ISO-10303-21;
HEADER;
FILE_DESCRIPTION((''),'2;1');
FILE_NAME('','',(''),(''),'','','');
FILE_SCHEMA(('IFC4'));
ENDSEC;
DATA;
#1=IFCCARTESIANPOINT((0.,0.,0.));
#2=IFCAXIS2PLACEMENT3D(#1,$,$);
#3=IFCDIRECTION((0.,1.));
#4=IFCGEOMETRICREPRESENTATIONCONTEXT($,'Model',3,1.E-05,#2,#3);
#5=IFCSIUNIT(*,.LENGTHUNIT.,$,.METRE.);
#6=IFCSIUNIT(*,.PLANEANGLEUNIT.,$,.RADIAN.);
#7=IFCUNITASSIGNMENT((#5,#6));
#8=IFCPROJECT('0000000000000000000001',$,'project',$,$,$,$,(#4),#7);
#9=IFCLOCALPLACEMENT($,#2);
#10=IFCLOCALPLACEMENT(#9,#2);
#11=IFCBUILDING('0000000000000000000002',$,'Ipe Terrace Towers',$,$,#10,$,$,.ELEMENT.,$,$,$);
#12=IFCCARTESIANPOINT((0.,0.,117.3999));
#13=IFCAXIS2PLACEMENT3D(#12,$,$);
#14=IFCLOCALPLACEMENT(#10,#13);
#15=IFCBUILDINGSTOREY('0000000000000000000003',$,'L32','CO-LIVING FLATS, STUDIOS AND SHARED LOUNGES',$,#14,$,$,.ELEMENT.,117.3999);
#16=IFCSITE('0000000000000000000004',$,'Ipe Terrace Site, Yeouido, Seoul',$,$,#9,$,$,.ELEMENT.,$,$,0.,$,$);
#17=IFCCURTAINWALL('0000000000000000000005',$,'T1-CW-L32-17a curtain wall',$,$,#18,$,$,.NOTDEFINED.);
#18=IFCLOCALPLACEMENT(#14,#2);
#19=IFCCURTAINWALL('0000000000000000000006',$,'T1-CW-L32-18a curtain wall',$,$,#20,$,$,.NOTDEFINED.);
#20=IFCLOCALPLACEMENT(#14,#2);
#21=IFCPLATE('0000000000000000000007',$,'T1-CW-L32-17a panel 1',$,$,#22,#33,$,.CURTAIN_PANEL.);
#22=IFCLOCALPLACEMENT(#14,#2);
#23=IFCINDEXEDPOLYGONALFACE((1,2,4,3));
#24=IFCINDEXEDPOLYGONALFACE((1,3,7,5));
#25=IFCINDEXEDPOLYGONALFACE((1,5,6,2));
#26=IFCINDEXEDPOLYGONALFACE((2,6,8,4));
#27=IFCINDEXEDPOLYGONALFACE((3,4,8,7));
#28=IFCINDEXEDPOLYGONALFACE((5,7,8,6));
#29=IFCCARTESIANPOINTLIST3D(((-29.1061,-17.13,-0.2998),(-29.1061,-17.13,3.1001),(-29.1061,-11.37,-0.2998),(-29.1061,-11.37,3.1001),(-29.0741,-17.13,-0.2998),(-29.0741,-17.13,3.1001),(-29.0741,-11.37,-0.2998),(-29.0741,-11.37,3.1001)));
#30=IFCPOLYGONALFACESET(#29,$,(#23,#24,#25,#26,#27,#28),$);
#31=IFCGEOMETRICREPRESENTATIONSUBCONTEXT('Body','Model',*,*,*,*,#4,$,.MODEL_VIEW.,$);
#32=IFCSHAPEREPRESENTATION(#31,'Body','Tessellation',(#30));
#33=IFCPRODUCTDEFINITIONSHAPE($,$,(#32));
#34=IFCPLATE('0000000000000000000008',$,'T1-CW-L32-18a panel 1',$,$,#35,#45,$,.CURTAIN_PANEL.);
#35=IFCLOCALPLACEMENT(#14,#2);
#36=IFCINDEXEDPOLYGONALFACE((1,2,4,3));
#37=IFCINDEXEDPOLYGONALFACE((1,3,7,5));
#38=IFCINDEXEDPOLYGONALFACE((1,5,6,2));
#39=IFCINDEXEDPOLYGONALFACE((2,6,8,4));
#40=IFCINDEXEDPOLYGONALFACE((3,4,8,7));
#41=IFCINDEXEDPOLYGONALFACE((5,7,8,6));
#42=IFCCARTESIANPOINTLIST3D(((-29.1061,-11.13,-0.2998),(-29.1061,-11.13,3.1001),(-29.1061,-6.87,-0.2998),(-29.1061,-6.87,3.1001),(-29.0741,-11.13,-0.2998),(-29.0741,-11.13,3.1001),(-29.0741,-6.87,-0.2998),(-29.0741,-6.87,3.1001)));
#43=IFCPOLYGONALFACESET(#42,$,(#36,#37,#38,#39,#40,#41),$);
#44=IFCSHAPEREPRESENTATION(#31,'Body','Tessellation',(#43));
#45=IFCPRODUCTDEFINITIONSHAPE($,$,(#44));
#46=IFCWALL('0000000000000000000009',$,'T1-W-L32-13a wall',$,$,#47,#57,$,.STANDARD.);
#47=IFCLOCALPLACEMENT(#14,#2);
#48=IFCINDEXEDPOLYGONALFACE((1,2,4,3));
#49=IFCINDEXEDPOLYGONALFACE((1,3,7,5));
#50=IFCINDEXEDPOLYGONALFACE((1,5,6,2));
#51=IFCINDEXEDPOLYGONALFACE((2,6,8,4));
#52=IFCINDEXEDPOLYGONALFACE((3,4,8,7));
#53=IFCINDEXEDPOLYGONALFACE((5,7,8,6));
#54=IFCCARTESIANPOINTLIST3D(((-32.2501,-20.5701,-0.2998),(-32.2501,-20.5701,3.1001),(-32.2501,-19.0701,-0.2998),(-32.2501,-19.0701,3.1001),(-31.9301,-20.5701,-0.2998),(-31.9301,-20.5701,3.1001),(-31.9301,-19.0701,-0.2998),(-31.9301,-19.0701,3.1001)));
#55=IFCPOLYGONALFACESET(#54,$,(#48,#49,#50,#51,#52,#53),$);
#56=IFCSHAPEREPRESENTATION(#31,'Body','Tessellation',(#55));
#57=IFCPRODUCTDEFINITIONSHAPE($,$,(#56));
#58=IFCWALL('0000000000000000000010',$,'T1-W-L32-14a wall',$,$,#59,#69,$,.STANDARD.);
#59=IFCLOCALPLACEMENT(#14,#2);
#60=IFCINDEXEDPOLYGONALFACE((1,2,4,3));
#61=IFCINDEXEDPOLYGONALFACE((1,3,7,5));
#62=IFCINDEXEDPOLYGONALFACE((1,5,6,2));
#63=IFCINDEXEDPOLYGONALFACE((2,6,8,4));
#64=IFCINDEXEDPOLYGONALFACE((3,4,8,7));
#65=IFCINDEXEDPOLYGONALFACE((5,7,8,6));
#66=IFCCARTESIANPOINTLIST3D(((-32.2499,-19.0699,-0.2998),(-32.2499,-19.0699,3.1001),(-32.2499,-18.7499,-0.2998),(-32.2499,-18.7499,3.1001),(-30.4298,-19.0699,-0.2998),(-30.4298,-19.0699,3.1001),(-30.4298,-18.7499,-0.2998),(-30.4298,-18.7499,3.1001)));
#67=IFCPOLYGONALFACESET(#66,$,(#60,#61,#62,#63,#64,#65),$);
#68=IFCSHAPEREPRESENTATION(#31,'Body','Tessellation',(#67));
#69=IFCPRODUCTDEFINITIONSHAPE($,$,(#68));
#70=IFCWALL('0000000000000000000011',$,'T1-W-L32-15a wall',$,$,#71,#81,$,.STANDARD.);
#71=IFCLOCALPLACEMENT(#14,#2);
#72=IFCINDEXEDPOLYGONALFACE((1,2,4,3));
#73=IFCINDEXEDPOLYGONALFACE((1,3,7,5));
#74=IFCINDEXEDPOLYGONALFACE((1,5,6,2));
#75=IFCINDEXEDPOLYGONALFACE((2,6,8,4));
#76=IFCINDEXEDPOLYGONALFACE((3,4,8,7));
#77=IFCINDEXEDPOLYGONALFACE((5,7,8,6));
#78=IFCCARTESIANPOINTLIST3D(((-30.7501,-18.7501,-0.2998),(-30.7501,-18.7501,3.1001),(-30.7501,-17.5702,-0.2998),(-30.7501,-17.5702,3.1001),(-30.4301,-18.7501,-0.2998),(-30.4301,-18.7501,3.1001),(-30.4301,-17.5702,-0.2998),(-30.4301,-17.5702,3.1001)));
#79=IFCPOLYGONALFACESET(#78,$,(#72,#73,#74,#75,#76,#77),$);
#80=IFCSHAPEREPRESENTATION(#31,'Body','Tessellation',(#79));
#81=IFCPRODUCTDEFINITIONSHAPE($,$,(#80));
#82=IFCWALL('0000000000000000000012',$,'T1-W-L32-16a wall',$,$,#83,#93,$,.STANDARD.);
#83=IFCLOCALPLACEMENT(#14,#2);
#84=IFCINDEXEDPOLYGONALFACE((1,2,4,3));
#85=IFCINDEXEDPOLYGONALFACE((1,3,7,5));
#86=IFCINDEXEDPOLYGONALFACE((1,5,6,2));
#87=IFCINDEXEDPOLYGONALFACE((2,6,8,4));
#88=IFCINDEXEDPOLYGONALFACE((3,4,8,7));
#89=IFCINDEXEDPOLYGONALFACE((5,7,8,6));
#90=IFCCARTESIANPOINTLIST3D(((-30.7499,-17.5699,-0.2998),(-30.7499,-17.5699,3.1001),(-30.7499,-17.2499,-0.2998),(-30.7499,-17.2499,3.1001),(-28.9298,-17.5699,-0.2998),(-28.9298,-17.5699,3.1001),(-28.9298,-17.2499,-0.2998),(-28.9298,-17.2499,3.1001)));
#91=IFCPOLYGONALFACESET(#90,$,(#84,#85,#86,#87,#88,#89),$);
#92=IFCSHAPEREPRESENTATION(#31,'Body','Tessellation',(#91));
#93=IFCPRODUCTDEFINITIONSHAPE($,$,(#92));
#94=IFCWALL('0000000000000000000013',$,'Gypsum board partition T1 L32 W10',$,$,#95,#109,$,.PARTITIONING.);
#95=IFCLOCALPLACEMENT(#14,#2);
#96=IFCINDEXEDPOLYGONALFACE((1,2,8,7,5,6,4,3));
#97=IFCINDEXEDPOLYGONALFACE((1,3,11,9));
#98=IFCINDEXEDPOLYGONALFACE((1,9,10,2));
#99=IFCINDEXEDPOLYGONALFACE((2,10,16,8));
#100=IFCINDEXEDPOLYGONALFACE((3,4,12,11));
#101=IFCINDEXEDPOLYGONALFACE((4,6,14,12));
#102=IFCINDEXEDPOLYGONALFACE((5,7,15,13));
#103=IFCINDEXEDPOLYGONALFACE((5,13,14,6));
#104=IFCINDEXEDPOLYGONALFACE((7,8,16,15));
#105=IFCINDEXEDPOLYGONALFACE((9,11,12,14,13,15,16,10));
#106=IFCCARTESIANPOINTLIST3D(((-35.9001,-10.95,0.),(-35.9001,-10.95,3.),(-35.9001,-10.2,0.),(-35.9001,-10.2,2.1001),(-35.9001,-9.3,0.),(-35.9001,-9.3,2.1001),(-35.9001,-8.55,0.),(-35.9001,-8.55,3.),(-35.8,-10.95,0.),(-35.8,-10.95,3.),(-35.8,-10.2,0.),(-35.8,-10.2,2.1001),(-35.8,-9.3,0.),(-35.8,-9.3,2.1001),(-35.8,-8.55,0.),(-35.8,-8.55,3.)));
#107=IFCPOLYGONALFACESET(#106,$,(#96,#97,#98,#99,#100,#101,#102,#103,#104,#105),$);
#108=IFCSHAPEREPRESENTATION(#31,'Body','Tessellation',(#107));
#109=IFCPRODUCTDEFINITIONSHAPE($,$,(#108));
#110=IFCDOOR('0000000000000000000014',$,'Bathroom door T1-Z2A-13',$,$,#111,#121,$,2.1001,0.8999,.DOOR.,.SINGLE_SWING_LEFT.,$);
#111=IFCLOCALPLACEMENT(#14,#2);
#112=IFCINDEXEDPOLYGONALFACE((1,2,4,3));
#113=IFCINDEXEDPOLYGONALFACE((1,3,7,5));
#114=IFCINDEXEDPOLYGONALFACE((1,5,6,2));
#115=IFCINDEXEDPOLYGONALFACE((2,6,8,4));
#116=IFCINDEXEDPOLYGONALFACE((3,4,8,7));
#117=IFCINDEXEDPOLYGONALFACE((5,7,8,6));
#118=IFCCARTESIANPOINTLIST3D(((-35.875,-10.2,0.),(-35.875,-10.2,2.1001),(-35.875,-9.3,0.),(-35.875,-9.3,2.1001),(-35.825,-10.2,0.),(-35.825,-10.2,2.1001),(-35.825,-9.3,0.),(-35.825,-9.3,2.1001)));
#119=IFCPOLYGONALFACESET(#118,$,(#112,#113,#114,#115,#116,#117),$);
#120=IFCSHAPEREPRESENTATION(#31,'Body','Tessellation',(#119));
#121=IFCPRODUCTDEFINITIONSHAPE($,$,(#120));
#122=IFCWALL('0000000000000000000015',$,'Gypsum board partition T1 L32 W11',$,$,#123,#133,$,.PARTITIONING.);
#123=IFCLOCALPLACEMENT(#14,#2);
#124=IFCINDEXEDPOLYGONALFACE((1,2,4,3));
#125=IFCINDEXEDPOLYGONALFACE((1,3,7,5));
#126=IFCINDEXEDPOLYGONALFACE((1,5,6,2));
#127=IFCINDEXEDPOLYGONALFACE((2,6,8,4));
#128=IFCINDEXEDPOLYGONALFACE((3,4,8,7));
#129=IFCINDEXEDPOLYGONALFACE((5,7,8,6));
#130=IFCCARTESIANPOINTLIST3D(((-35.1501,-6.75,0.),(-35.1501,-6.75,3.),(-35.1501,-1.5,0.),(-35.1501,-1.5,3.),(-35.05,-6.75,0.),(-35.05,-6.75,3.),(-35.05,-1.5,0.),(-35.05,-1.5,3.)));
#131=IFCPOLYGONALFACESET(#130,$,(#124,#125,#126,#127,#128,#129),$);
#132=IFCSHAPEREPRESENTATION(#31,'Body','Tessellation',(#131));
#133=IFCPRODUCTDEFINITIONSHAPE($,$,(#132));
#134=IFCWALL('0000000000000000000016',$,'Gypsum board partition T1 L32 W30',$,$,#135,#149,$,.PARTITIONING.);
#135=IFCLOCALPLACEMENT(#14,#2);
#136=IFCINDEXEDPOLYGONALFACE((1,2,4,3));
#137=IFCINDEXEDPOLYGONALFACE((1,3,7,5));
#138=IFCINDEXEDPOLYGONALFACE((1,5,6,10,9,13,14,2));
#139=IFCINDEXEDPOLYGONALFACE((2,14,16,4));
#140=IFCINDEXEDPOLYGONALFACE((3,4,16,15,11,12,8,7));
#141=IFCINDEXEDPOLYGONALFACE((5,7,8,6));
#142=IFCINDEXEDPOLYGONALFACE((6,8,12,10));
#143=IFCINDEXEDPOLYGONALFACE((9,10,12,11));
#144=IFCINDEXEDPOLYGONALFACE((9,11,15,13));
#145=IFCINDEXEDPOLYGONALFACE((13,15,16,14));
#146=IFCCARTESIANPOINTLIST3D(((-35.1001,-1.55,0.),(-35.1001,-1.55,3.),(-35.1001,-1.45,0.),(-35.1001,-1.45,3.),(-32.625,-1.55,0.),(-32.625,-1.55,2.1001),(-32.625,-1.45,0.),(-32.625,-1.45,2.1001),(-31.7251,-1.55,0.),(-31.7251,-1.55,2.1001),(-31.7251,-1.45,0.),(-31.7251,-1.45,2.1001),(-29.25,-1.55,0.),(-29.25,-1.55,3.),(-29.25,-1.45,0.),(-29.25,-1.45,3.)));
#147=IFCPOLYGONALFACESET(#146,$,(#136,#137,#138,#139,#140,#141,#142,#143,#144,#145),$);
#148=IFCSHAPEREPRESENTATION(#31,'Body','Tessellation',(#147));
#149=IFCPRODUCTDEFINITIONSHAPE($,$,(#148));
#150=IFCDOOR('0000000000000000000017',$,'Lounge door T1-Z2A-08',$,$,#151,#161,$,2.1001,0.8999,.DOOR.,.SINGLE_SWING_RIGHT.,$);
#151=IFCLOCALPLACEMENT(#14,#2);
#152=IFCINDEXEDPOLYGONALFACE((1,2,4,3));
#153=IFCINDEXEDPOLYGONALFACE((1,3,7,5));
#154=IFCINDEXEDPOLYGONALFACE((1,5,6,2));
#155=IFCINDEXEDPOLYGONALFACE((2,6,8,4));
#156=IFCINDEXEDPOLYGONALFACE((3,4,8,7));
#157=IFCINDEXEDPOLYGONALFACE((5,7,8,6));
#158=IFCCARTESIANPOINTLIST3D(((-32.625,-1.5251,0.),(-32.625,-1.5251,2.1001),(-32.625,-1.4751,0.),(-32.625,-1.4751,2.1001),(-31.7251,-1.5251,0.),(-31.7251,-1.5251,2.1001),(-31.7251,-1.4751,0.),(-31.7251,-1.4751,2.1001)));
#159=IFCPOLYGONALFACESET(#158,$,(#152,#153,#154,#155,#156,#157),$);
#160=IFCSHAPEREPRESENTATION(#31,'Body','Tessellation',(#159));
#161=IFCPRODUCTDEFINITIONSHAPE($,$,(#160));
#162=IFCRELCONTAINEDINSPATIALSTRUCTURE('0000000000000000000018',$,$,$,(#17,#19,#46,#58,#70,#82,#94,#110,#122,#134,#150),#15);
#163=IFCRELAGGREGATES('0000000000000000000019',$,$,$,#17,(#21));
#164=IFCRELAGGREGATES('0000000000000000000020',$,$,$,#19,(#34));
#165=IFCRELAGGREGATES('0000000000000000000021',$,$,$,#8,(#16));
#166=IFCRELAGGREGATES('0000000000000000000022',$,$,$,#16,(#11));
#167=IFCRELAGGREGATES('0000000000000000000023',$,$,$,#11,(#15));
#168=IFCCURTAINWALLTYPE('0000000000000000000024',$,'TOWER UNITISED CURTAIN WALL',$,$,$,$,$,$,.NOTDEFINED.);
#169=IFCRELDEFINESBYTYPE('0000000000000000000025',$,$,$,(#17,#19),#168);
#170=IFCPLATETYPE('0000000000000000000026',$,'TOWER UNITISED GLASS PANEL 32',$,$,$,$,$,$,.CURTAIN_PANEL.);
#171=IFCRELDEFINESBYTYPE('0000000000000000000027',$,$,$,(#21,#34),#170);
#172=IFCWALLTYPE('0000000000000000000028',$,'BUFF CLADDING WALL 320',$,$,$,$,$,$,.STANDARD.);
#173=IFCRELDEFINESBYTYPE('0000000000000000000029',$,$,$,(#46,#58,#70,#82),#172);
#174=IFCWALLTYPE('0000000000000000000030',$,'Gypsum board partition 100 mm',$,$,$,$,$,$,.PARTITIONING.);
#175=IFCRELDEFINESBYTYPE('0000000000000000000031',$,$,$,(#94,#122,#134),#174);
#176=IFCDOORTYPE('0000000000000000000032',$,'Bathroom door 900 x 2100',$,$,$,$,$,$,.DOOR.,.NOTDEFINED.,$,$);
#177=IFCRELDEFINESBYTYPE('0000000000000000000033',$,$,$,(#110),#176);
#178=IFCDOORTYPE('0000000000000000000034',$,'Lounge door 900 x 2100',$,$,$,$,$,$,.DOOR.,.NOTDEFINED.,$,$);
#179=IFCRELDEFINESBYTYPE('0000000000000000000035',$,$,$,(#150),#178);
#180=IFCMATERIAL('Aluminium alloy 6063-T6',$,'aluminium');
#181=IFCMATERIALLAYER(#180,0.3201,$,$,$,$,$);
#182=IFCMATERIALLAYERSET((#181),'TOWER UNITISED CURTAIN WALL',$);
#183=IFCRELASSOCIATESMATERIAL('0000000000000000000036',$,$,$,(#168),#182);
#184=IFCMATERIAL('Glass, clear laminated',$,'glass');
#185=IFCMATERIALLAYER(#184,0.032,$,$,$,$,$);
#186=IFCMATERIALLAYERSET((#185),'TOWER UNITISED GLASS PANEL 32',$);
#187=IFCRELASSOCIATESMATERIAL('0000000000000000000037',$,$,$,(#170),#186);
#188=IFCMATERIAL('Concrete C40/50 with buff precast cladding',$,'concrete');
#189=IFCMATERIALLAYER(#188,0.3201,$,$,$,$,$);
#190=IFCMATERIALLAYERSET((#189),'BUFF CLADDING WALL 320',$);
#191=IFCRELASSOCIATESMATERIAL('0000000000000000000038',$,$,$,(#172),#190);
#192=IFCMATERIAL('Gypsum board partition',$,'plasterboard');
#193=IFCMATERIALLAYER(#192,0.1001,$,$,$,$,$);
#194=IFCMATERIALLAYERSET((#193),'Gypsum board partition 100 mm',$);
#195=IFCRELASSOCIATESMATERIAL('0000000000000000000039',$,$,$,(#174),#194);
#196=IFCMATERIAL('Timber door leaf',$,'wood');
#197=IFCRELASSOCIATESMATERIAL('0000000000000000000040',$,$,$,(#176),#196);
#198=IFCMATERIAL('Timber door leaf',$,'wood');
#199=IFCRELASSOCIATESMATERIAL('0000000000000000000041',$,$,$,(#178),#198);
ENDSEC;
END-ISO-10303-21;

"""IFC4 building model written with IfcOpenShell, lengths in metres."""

from ifc_helpers import new_model, si_unit, direction, frame, frame_2d, origin, origin_2d, place, context, subcontext, project, spatial, rectangle, extrude, material, layer, layer_set, type_object, element, fill, aggregate, save


model = new_model("IFC4")

# Units and contexts
model_context = context("Model", 3, precision=1e-05, world=origin(), true_north=direction((0.0, 1.0)))
body_context = subcontext(model_context, "Body", "Model", "MODEL_VIEW")
ifc_project = project(units=[si_unit("LENGTHUNIT", "METRE"), si_unit("PLANEANGLEUNIT", "RADIAN")], contexts=[model_context])

# Site, building, storey
site_placement = place(None, origin())
site = spatial("IfcSite", under=ifc_project, at=site_placement, Name="Ipe Terrace Site, Yeouido, Seoul", CompositionType="ELEMENT", RefElevation=0.0)
building_placement = place(site_placement, origin())
building = spatial("IfcBuilding", under=site, at=building_placement, Name="Ipe Terrace Towers", CompositionType="ELEMENT")
storey_placement = place(building_placement, frame((0.0, 0.0, 117.3999)))
storey = spatial("IfcBuildingStorey", under=building, at=storey_placement, Name="L32", Description="CO-LIVING FLATS, STUDIOS AND SHARED LOUNGES", CompositionType="ELEMENT", Elevation=117.3999)

# Shared definitions
ifc_material_1 = material(Name="Aluminium alloy 6063-T6", Category="aluminium")
ifc_layer_1 = layer(ifc_material_1, 0.3201)
ifc_layer_set_1 = layer_set([ifc_layer_1], Name="TOWER UNITISED CURTAIN WALL")
curtain_wall_type = type_object("IfcCurtainWallType", Name="TOWER UNITISED CURTAIN WALL", PredefinedType="NOTDEFINED", material=ifc_layer_set_1)

# Curtain walls
curtain_wall_1_placement = place(storey_placement, origin())
curtain_wall_1 = element("IfcCurtainWall", 1, at=curtain_wall_1_placement, inside=storey, type_object=curtain_wall_type, Name="T1-CW-L32-17a curtain wall", PredefinedType="NOTDEFINED")
curtain_wall_2_placement = place(storey_placement, origin())
curtain_wall_2 = element("IfcCurtainWall", 2, at=curtain_wall_2_placement, inside=storey, type_object=curtain_wall_type, Name="T1-CW-L32-18a curtain wall", PredefinedType="NOTDEFINED")

# Plates
ifc_material_2 = material(Name="Glass, clear laminated", Category="glass")
ifc_layer_2 = layer(ifc_material_2, 0.032)
ifc_layer_set_2 = layer_set([ifc_layer_2], Name="TOWER UNITISED GLASS PANEL 32")
plate_type = type_object("IfcPlateType", Name="TOWER UNITISED GLASS PANEL 32", PredefinedType="CURTAIN_PANEL", material=ifc_layer_set_2)
plate_1_placement = place(storey_placement, frame((-29.0901, -14.25, -0.2998), z_axis=(0.0, 0.0, 1.0), x_axis=(0.0, 1.0, 0.0)))
plate_1 = element("IfcPlate", 3, at=plate_1_placement, type_object=plate_type, Name="T1-CW-L32-17a panel 1", PredefinedType="CURTAIN_PANEL", context=body_context, shape_type="SweptSolid", body=[
    extrude(rectangle(XDim=5.76, YDim=0.032, at=origin_2d()), origin(), (0.0, 0.0, 1.0), 3.3999),
])
aggregate(curtain_wall_1, [plate_1])
plate_2_placement = place(storey_placement, frame((-29.0901, -9.0, -0.2998), z_axis=(0.0, 0.0, 1.0), x_axis=(0.0, 1.0, 0.0)))
plate_2 = element("IfcPlate", 4, at=plate_2_placement, type_object=plate_type, Name="T1-CW-L32-18a panel 1", PredefinedType="CURTAIN_PANEL", context=body_context, shape_type="SweptSolid", body=[
    extrude(rectangle(XDim=4.26, YDim=0.032, at=origin_2d()), origin(), (0.0, 0.0, 1.0), 3.3999),
])
aggregate(curtain_wall_2, [plate_2])

# Walls
ifc_material_3 = material(Name="Concrete C40/50 with buff precast cladding", Category="concrete")
ifc_layer_3 = layer(ifc_material_3, 0.3201)
ifc_layer_set_3 = layer_set([ifc_layer_3], Name="BUFF CLADDING WALL 320")
wall_type_1 = type_object("IfcWallType", Name="BUFF CLADDING WALL 320", PredefinedType="STANDARD", material=ifc_layer_set_3)
wall_1_placement = place(storey_placement, frame((-32.0901, -20.5701, -0.2998), z_axis=(0.0, 0.0, 1.0), x_axis=(0.0, 1.0, 0.0)))
element("IfcWall", 5, at=wall_1_placement, inside=storey, type_object=wall_type_1, Name="T1-W-L32-13a wall", PredefinedType="STANDARD", context=body_context, shape_type="SweptSolid", body=[
    extrude(rectangle(XDim=1.5, YDim=0.3201, at=frame_2d((0.75, 0.0))), origin(), (0.0, 0.0, 1.0), 3.3999),
])
wall_2_placement = place(storey_placement, frame((-32.25, -18.9099, -0.2998), z_axis=(0.0, 0.0, 1.0), x_axis=(1.0, 0.0, 0.0)))
element("IfcWall", 6, at=wall_2_placement, inside=storey, type_object=wall_type_1, Name="T1-W-L32-14a wall", PredefinedType="STANDARD", context=body_context, shape_type="SweptSolid", body=[
    extrude(rectangle(XDim=1.8201, YDim=0.3201, at=frame_2d((0.9102, 0.0))), origin(), (0.0, 0.0, 1.0), 3.3999),
])
wall_3_placement = place(storey_placement, frame((-30.5901, -18.75, -0.2998), z_axis=(0.0, 0.0, 1.0), x_axis=(0.0, 1.0, 0.0)))
element("IfcWall", 7, at=wall_3_placement, inside=storey, type_object=wall_type_1, Name="T1-W-L32-15a wall", PredefinedType="STANDARD", context=body_context, shape_type="SweptSolid", body=[
    extrude(rectangle(XDim=1.1799, YDim=0.3201, at=frame_2d((0.5898, 0.0))), origin(), (0.0, 0.0, 1.0), 3.3999),
])
wall_4_placement = place(storey_placement, frame((-30.75, -17.4099, -0.2998), z_axis=(0.0, 0.0, 1.0), x_axis=(1.0, 0.0, 0.0)))
element("IfcWall", 8, at=wall_4_placement, inside=storey, type_object=wall_type_1, Name="T1-W-L32-16a wall", PredefinedType="STANDARD", context=body_context, shape_type="SweptSolid", body=[
    extrude(rectangle(XDim=1.8201, YDim=0.3201, at=frame_2d((0.9102, 0.0))), origin(), (0.0, 0.0, 1.0), 3.3999),
])

# Wall, opening, door
ifc_material_4 = material(Name="Gypsum board partition", Category="plasterboard")
ifc_layer_4 = layer(ifc_material_4, 0.1001)
ifc_layer_set_4 = layer_set([ifc_layer_4], Name="Gypsum board partition 100 mm")
wall_type_2 = type_object("IfcWallType", Name="Gypsum board partition 100 mm", PredefinedType="PARTITIONING", material=ifc_layer_set_4)
wall_5_placement = place(storey_placement, frame((-35.8501, -10.95, 0.0), z_axis=(0.0, 0.0, 1.0), x_axis=(0.0, 1.0, 0.0)))
wall_5 = element("IfcWall", 9, at=wall_5_placement, inside=storey, type_object=wall_type_2, Name="Gypsum board partition T1 L32 W10", PredefinedType="PARTITIONING", context=body_context, shape_type="SweptSolid", body=[
    extrude(rectangle(XDim=2.3999, YDim=0.1001, at=frame_2d((1.2, 0.0))), origin(), (0.0, 0.0, 1.0), 3.0),
])
opening_1_placement = place(wall_5_placement, frame((0.75, 0.0, 0.0)))
opening_1 = element("IfcOpeningElement", 10, at=opening_1_placement, cuts=wall_5, PredefinedType="OPENING", context=body_context, shape_type="SweptSolid", body=[
    extrude(rectangle(XDim=0.8999, YDim=2.1001, at=frame_2d((0.45, 1.05))), frame((0.0, 0.0601, 0.0), z_axis=(0.0, -1.0, 0.0), x_axis=(1.0, 0.0, 0.0)), (0.0, 0.0, 1.0), 0.1201),
])
ifc_material_5 = material(Name="Timber door leaf", Category="wood")
door_type_1 = type_object("IfcDoorType", Name="Bathroom door 900 x 2100", OperationType="NOTDEFINED", PredefinedType="DOOR", material=ifc_material_5)
door_1_placement = place(opening_1_placement, origin())
door_1 = element("IfcDoor", 11, at=door_1_placement, inside=storey, type_object=door_type_1, Name="Bathroom door T1-Z2A-13", OperationType="SINGLE_SWING_LEFT", OverallHeight=2.1001, OverallWidth=0.8999, PredefinedType="DOOR", context=body_context, shape_type="SweptSolid", body=[
    extrude(rectangle(XDim=0.8999, YDim=2.1001, at=frame_2d((0.45, 1.05))), frame((0.0, 0.0249, 0.0), z_axis=(0.0, -1.0, 0.0), x_axis=(1.0, 0.0, 0.0)), (0.0, 0.0, 1.0), 0.05),
])
fill(opening_1, door_1)

# Wall
wall_6_placement = place(storey_placement, frame((-35.1001, -6.75, 0.0), z_axis=(0.0, 0.0, 1.0), x_axis=(0.0, 1.0, 0.0)))
element("IfcWall", 12, at=wall_6_placement, inside=storey, type_object=wall_type_2, Name="Gypsum board partition T1 L32 W11", PredefinedType="PARTITIONING", context=body_context, shape_type="SweptSolid", body=[
    extrude(rectangle(XDim=5.25, YDim=0.1001, at=frame_2d((2.625, 0.0))), origin(), (0.0, 0.0, 1.0), 3.0),
])

# Wall, opening, door
wall_7_placement = place(storey_placement, frame((-35.1001, -1.5, 0.0), z_axis=(0.0, 0.0, 1.0), x_axis=(1.0, 0.0, 0.0)))
wall_7 = element("IfcWall", 13, at=wall_7_placement, inside=storey, type_object=wall_type_2, Name="Gypsum board partition T1 L32 W30", PredefinedType="PARTITIONING", context=body_context, shape_type="SweptSolid", body=[
    extrude(rectangle(XDim=5.8501, YDim=0.1001, at=frame_2d((2.925, 0.0))), origin(), (0.0, 0.0, 1.0), 3.0),
])
opening_2_placement = place(wall_7_placement, frame((2.4751, 0.0, 0.0)))
opening_2 = element("IfcOpeningElement", 14, at=opening_2_placement, cuts=wall_7, PredefinedType="OPENING", context=body_context, shape_type="SweptSolid", body=[
    extrude(rectangle(XDim=0.8999, YDim=2.1001, at=frame_2d((0.45, 1.05))), frame((0.0, 0.0601, 0.0), z_axis=(0.0, -1.0, 0.0), x_axis=(1.0, 0.0, 0.0)), (0.0, 0.0, 1.0), 0.1201),
])
ifc_material_6 = material(Name="Timber door leaf", Category="wood")
door_type_2 = type_object("IfcDoorType", Name="Lounge door 900 x 2100", OperationType="NOTDEFINED", PredefinedType="DOOR", material=ifc_material_6)
door_2_placement = place(opening_2_placement, origin())
door_2 = element("IfcDoor", 15, at=door_2_placement, inside=storey, type_object=door_type_2, Name="Lounge door T1-Z2A-08", OperationType="SINGLE_SWING_RIGHT", OverallHeight=2.1001, OverallWidth=0.8999, PredefinedType="DOOR", context=body_context, shape_type="SweptSolid", body=[
    extrude(rectangle(XDim=0.8999, YDim=2.1001, at=frame_2d((0.45, 1.05))), frame((0.0, 0.0249, 0.0), z_axis=(0.0, -1.0, 0.0), x_axis=(1.0, 0.0, 0.0)), (0.0, 0.0, 1.0), 0.05),
])
fill(opening_2, door_2)

save(model, "model.ifc")
